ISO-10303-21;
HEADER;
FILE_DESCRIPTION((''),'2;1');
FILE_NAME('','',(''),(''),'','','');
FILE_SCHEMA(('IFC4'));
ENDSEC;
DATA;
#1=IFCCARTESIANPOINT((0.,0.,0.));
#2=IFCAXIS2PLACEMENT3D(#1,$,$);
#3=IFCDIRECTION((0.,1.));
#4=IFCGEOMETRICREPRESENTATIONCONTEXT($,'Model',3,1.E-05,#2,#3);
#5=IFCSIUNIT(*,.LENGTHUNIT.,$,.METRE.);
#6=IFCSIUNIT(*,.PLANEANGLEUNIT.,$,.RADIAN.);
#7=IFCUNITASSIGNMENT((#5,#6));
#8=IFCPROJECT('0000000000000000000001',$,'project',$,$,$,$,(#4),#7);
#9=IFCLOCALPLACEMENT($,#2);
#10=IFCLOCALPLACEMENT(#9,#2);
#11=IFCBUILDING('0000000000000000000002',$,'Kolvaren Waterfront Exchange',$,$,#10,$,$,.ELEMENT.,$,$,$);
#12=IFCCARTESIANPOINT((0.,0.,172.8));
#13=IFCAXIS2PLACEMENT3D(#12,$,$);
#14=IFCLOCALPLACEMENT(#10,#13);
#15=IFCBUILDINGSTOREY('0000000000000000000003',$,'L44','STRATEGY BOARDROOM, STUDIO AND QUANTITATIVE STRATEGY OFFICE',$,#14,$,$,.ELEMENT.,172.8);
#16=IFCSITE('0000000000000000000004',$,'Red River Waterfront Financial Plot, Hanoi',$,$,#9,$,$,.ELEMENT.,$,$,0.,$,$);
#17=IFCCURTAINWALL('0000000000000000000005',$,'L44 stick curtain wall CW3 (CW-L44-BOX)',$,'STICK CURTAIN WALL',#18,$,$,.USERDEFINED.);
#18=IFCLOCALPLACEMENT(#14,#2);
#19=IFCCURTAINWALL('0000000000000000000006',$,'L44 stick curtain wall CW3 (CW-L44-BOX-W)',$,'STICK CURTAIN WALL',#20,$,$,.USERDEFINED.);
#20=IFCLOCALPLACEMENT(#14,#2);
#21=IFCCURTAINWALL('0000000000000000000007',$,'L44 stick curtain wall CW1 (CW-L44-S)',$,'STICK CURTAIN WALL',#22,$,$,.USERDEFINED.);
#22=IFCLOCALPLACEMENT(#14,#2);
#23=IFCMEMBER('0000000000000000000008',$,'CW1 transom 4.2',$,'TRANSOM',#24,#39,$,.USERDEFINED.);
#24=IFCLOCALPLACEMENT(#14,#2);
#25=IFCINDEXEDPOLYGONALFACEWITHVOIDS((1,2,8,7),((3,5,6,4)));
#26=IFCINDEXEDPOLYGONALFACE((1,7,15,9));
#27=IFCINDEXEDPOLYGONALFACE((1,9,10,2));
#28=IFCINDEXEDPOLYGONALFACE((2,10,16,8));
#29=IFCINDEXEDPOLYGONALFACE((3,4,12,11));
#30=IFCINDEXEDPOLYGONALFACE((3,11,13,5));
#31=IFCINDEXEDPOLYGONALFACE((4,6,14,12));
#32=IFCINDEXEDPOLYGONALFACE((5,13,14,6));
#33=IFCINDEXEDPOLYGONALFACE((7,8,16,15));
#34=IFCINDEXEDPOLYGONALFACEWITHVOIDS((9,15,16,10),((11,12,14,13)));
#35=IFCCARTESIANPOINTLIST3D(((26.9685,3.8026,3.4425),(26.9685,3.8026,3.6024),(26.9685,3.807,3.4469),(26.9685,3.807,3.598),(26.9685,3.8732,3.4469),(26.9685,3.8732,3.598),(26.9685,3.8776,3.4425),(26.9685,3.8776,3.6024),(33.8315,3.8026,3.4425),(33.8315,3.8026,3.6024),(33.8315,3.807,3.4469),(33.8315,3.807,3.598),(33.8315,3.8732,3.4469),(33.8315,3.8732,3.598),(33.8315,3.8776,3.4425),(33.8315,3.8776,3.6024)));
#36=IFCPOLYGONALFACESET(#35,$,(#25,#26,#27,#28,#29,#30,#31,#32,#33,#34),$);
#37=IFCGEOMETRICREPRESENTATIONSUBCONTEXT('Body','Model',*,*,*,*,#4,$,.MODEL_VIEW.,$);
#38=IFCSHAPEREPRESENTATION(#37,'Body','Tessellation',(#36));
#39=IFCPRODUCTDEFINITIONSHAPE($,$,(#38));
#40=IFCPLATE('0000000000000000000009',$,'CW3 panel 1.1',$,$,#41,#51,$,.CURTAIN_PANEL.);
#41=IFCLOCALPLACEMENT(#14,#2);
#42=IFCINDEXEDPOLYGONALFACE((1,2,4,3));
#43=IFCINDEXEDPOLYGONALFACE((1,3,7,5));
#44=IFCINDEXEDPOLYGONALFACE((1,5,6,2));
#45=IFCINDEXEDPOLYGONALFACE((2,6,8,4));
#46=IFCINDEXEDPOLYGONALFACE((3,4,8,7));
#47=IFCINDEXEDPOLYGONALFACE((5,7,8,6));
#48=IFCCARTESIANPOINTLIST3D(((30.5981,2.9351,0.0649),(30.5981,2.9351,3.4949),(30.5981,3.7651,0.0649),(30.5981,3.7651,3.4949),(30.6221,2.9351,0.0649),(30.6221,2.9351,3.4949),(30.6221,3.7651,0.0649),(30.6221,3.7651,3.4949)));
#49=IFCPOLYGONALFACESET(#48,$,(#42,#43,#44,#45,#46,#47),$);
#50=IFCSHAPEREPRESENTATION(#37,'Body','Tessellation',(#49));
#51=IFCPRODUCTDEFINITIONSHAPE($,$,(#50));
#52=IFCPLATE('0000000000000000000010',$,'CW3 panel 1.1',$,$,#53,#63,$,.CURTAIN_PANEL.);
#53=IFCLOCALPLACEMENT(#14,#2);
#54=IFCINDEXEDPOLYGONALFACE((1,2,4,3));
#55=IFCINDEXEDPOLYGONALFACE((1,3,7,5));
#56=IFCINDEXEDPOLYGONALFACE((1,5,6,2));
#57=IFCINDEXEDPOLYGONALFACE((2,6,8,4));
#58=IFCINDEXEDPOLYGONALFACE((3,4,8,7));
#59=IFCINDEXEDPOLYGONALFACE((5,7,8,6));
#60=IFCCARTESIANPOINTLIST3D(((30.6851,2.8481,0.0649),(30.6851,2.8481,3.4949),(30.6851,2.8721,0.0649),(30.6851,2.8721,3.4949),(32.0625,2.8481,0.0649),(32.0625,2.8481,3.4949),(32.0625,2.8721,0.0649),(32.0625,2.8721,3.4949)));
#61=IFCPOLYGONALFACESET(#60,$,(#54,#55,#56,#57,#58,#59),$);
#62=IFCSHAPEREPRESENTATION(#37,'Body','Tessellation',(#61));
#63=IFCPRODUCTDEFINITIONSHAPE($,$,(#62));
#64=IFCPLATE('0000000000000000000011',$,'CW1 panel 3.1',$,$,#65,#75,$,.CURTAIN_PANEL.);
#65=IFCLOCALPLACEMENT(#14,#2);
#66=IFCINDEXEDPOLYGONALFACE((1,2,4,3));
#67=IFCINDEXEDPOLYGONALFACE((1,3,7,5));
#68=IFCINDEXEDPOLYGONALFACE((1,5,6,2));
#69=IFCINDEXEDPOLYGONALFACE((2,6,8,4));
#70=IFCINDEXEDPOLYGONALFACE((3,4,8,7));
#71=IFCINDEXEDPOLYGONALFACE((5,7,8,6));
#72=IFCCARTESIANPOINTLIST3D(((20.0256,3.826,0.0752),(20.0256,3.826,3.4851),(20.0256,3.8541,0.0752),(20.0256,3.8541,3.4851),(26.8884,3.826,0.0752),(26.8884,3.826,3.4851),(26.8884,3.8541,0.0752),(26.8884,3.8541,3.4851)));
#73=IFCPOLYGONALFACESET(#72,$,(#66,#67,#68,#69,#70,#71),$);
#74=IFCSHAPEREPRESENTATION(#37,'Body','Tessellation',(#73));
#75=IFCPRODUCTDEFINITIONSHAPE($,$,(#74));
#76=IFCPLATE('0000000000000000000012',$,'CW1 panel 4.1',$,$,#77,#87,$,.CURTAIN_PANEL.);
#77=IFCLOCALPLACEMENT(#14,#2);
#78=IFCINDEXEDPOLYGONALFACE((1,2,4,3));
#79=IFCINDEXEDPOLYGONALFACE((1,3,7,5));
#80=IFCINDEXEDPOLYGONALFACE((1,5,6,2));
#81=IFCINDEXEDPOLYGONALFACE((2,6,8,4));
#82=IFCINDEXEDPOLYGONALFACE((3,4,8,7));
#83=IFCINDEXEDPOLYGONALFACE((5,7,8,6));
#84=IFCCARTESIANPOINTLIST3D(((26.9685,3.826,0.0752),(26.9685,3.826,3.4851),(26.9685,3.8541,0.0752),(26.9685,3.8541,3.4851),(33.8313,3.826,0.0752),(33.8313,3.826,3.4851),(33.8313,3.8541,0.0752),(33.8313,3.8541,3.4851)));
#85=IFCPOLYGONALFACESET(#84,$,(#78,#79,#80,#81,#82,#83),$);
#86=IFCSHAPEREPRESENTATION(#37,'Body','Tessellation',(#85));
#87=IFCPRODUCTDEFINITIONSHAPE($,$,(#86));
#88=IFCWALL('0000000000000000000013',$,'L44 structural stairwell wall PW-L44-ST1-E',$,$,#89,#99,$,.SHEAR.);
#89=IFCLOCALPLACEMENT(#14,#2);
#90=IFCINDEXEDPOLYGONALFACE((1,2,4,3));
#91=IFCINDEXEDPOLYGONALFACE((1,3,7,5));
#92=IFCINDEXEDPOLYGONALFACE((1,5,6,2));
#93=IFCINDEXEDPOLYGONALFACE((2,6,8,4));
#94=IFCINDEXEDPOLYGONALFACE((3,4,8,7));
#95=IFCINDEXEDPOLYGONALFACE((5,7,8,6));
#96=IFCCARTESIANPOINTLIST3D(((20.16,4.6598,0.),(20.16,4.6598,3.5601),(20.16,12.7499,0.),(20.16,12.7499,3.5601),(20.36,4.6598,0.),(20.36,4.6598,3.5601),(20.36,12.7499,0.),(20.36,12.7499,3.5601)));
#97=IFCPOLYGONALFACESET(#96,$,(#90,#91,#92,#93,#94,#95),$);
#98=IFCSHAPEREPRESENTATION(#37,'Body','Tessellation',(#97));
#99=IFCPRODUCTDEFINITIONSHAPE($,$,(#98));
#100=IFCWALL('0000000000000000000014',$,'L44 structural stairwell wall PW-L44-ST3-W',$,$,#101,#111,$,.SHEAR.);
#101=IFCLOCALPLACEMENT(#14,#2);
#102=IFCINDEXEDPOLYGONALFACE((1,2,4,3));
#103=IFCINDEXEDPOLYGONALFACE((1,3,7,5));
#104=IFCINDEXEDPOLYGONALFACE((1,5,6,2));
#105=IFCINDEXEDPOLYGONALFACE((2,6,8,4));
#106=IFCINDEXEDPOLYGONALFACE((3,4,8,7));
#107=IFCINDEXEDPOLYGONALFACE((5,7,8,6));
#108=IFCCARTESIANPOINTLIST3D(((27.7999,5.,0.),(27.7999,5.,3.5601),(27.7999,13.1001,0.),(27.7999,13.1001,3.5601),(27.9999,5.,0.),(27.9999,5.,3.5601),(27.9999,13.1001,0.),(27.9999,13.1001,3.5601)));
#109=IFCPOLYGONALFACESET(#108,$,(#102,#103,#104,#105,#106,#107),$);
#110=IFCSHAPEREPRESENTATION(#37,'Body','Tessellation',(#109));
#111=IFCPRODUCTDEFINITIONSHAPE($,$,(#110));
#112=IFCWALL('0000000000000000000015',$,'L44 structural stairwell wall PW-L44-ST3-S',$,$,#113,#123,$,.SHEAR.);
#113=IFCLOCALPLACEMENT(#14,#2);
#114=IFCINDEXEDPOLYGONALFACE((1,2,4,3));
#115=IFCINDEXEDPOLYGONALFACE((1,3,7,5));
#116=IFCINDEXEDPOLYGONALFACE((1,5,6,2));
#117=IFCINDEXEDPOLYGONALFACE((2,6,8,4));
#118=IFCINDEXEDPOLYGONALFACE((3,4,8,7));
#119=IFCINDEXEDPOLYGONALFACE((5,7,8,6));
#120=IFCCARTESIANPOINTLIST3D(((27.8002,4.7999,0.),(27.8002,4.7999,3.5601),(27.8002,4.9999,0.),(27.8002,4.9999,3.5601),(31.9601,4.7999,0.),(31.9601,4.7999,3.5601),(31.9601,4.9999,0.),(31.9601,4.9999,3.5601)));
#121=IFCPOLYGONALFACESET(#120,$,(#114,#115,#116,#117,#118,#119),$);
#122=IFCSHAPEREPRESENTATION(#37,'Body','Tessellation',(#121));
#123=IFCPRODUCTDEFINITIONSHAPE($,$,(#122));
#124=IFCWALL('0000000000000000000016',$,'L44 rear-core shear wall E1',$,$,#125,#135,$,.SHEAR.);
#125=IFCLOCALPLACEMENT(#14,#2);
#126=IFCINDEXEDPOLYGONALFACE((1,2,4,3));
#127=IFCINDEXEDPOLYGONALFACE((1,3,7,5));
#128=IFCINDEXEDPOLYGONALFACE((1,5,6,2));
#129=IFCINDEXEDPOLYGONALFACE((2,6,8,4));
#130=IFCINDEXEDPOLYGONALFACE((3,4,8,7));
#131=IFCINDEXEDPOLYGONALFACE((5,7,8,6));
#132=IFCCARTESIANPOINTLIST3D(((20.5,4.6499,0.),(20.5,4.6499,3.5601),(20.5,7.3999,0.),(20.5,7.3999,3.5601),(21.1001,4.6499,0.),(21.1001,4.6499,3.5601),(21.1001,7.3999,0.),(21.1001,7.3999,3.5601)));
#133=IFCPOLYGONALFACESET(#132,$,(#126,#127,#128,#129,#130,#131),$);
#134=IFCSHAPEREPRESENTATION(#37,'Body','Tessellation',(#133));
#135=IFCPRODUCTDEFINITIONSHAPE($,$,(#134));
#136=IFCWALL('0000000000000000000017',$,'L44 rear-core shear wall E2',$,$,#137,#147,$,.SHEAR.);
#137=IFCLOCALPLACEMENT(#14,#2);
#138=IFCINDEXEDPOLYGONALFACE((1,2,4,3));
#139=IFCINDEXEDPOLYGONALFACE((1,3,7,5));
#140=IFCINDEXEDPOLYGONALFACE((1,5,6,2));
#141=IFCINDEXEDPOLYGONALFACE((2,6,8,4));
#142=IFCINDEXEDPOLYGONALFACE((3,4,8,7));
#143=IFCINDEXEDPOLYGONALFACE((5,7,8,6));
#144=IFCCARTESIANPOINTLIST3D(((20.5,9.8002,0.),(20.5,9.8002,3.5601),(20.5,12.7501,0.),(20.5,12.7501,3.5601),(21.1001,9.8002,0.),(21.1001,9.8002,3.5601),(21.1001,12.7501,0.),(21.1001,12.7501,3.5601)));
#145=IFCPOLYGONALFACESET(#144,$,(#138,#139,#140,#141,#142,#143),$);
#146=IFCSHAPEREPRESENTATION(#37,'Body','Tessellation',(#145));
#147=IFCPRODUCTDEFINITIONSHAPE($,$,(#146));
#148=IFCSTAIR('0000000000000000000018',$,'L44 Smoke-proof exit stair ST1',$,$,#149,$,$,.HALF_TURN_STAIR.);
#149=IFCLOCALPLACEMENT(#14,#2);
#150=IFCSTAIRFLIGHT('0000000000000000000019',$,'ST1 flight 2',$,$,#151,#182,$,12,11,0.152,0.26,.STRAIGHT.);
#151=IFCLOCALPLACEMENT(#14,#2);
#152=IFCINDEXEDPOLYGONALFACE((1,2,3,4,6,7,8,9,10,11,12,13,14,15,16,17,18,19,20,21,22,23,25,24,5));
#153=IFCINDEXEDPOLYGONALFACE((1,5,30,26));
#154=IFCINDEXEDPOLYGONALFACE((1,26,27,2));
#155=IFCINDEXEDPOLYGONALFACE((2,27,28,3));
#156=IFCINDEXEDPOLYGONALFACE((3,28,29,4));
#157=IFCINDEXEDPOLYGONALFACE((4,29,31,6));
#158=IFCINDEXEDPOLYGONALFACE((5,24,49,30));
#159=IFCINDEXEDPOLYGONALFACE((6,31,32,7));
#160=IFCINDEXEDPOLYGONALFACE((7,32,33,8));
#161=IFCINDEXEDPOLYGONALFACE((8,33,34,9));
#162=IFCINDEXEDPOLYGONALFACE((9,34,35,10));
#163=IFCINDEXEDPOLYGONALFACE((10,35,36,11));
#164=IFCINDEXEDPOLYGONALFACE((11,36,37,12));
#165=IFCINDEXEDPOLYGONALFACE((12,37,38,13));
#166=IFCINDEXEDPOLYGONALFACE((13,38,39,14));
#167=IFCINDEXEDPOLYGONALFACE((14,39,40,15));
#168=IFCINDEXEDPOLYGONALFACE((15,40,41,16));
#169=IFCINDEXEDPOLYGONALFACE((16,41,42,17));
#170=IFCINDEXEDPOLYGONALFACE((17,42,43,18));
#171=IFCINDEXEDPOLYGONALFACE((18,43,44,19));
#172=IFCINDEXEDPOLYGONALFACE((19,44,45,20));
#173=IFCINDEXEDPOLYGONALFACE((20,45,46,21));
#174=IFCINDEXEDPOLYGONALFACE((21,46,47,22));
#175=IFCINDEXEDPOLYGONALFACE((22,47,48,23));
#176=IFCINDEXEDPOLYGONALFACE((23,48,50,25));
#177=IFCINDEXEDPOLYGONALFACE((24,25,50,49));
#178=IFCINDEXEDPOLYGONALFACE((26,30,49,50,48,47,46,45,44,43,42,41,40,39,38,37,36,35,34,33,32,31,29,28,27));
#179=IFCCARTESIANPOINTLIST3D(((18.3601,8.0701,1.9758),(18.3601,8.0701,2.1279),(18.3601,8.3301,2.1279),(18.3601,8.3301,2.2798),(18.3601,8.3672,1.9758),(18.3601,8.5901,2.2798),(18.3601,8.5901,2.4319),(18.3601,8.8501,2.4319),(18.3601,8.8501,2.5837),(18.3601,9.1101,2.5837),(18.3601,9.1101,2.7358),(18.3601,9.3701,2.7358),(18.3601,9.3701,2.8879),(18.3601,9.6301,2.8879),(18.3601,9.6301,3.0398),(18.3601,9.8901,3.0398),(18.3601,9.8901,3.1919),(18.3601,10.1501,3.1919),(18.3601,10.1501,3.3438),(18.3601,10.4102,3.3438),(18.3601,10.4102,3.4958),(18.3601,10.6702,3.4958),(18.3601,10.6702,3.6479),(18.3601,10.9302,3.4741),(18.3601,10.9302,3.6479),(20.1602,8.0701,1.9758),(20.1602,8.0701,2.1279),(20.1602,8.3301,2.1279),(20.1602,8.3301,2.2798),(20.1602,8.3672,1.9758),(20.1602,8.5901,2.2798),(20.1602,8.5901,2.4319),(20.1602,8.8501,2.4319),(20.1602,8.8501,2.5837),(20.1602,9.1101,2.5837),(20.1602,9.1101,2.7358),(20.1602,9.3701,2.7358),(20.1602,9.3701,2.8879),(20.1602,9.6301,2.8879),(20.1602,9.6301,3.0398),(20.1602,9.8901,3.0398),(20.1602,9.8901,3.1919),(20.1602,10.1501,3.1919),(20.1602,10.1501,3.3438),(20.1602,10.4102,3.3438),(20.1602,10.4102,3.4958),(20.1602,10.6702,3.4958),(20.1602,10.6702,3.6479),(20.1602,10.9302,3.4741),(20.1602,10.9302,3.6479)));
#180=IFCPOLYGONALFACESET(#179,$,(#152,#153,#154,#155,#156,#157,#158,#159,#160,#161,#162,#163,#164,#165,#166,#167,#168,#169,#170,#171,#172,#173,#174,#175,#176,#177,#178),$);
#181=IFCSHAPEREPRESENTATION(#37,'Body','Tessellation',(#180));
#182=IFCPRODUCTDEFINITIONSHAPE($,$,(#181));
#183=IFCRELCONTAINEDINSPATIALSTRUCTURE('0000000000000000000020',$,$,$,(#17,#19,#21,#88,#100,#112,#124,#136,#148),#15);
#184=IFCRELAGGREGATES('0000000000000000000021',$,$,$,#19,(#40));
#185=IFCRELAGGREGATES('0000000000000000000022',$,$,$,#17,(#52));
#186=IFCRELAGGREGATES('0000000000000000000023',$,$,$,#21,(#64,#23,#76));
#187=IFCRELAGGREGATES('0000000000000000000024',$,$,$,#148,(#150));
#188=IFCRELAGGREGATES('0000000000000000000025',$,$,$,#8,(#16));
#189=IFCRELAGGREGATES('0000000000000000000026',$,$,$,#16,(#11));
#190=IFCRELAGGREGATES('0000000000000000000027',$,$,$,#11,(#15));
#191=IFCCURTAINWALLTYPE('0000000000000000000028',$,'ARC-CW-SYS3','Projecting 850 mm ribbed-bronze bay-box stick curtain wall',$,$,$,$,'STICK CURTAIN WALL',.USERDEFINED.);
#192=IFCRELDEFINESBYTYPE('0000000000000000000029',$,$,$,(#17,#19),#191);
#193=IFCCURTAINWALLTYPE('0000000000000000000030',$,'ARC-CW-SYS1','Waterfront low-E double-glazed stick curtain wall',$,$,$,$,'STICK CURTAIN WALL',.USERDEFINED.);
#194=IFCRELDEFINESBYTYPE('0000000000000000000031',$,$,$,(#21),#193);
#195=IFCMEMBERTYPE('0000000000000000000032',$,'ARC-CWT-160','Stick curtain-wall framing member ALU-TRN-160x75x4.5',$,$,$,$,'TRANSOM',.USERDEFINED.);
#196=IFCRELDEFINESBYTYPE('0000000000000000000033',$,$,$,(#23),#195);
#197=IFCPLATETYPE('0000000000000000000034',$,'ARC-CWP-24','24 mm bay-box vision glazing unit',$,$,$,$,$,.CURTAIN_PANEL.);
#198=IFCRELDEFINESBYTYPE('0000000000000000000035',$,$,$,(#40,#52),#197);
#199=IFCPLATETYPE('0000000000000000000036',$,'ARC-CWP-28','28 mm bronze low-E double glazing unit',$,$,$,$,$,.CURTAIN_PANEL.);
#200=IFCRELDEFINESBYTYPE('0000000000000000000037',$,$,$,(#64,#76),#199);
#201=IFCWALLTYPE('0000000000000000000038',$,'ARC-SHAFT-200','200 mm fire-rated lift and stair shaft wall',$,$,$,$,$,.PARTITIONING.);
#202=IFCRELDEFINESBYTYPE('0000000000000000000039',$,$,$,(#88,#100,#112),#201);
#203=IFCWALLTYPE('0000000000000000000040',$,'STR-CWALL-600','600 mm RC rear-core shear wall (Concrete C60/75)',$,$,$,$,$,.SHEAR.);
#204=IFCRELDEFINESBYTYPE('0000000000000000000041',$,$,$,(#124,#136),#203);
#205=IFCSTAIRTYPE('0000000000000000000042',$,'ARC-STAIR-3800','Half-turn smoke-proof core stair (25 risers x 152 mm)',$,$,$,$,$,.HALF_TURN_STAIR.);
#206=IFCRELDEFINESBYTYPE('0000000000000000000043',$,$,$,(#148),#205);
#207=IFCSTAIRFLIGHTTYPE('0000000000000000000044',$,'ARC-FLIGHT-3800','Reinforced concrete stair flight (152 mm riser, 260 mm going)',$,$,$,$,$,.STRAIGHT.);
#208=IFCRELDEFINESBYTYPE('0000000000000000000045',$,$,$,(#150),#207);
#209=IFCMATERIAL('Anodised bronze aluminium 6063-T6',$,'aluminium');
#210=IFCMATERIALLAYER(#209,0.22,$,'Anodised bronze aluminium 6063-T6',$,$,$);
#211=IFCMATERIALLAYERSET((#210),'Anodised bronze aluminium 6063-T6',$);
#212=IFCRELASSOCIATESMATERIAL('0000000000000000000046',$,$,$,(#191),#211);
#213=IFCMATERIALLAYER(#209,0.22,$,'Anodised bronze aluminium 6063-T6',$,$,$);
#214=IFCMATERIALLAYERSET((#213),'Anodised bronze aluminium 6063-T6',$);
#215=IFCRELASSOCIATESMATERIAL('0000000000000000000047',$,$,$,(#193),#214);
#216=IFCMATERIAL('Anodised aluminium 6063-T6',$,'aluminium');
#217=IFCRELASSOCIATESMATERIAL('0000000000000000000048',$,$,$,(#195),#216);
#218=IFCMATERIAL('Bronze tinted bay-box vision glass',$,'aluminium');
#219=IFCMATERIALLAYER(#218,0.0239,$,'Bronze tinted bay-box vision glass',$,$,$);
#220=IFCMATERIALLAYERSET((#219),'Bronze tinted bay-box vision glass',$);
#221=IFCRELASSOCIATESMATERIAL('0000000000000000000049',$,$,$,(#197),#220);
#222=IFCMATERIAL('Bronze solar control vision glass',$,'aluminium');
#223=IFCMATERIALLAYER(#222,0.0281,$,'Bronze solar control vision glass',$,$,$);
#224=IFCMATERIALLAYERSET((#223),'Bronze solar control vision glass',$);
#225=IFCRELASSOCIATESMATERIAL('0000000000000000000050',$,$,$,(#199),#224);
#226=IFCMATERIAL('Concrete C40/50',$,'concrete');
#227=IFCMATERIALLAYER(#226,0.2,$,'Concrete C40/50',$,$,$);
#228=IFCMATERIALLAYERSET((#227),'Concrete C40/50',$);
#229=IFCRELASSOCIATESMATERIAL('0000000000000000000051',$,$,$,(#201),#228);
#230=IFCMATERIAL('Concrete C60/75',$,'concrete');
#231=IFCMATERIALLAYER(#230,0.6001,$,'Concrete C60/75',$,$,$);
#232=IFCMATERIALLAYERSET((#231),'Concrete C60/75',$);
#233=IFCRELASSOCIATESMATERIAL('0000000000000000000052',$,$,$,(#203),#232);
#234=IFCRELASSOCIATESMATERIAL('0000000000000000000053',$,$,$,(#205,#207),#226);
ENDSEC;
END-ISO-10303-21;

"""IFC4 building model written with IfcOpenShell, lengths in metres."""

from ifc_helpers import new_model, si_unit, direction, frame, frame_2d, origin, origin_with_axes, origin_2d, place, context, subcontext, project, spatial, polyline, rectangle, hollow_rectangle, outline, extrude, source, transform, mapped, material, layer, layer_set, material_profile, profile_set, type_object, element, aggregate, save


model = new_model("IFC4")

# Units and contexts
model_context = context("Model", 3, precision=1e-05, world=origin(), true_north=direction((0.0, 1.0)))
body_context = subcontext(model_context, "Body", "Model", "MODEL_VIEW")
ifc_project = project(units=[si_unit("LENGTHUNIT", "METRE"), si_unit("PLANEANGLEUNIT", "RADIAN")], contexts=[model_context])

# Site, building, storey
site_placement = place(None, origin())
site = spatial("IfcSite", under=ifc_project, at=site_placement, Name="Red River Waterfront Financial Plot, Hanoi", CompositionType="ELEMENT", RefElevation=0.0)
building_placement = place(site_placement, origin())
building = spatial("IfcBuilding", under=site, at=building_placement, Name="Kolvaren Waterfront Exchange", CompositionType="ELEMENT")
storey_placement = place(building_placement, frame((0.0, 0.0, 172.8)))
storey = spatial("IfcBuildingStorey", under=building, at=storey_placement, Name="L44", Description="STRATEGY BOARDROOM, STUDIO AND QUANTITATIVE STRATEGY OFFICE", CompositionType="ELEMENT", Elevation=172.8)

# Shared definitions
ifc_material_1 = material(Name="Concrete C60/75", Category="concrete")

# Curtain walls
ifc_material_2 = material(Name="Anodised bronze aluminium 6063-T6", Category="aluminium")
ifc_layer_1 = layer(ifc_material_2, 0.22, Name="Anodised bronze aluminium 6063-T6")
ifc_layer_set_1 = layer_set([ifc_layer_1], Name="Anodised bronze aluminium 6063-T6")
curtain_wall_type_1 = type_object("IfcCurtainWallType", Name="ARC-CW-SYS3", Description="Projecting 850 mm ribbed-bronze bay-box stick curtain wall", ElementType="STICK CURTAIN WALL", PredefinedType="USERDEFINED", material=ifc_layer_set_1)
curtain_wall_1_placement = place(storey_placement, origin())
curtain_wall_1 = element("IfcCurtainWall", 1, at=curtain_wall_1_placement, inside=storey, type_object=curtain_wall_type_1, Name="L44 stick curtain wall CW3 (CW-L44-BOX)", ObjectType="STICK CURTAIN WALL", PredefinedType="USERDEFINED")
curtain_wall_2_placement = place(storey_placement, origin())
curtain_wall_2 = element("IfcCurtainWall", 2, at=curtain_wall_2_placement, inside=storey, type_object=curtain_wall_type_1, Name="L44 stick curtain wall CW3 (CW-L44-BOX-W)", ObjectType="STICK CURTAIN WALL", PredefinedType="USERDEFINED")

# Curtain wall, member
ifc_layer_2 = layer(ifc_material_2, 0.22, Name="Anodised bronze aluminium 6063-T6")
ifc_layer_set_2 = layer_set([ifc_layer_2], Name="Anodised bronze aluminium 6063-T6")
curtain_wall_type_2 = type_object("IfcCurtainWallType", Name="ARC-CW-SYS1", Description="Waterfront low-E double-glazed stick curtain wall", ElementType="STICK CURTAIN WALL", PredefinedType="USERDEFINED", material=ifc_layer_set_2)
curtain_wall_3_placement = place(storey_placement, origin())
curtain_wall_3 = element("IfcCurtainWall", 3, at=curtain_wall_3_placement, inside=storey, type_object=curtain_wall_type_2, Name="L44 stick curtain wall CW1 (CW-L44-S)", ObjectType="STICK CURTAIN WALL", PredefinedType="USERDEFINED")
ifc_material_3 = material(Name="Anodised aluminium 6063-T6", Category="aluminium")
ifc_material_profile_1 = material_profile(ifc_material_3, hollow_rectangle(XDim=0.075, YDim=0.1599, WallThickness=0.0044, at=origin_2d()), Name="ALU-TRN-160x75x4.5")
ifc_profile_set_1 = profile_set([ifc_material_profile_1], Name="Anodised aluminium 6063-T6")
member_type_1 = type_object("IfcMemberType", Name="ARC-CWT-160", Description="Stick curtain-wall framing member ALU-TRN-160x75x4.5", ElementType="TRANSOM", PredefinedType="USERDEFINED", material=ifc_profile_set_1)
shared_shape_1 = source(origin_with_axes(), body_context, "Body", "SweptSolid", [
    extrude(hollow_rectangle(XDim=0.075, YDim=0.1599, WallThickness=0.0044, at=origin_2d()), origin(), (0.0, 0.0, 1.0), 6.863),
])
member_1_placement = place(storey_placement, frame((26.9685, 3.8401, 3.5225), z_axis=(1.0, 0.0, 0.0), x_axis=(0.0, 1.0, 0.0)))
member_1 = element("IfcMember", 4, at=member_1_placement, type_object=member_type_1, Name="CW1 transom 4.2", ObjectType="TRANSOM", PredefinedType="USERDEFINED", context=body_context, shape_type="MappedRepresentation", body=[
    mapped(shared_shape_1, transform((0.0, 0.0, 0.0), x_axis=(1.0, 0.0, 0.0), y_axis=(0.0, 1.0, 0.0), z_axis=(0.0, 0.0, 1.0), scale=1.0)),
])

# Plates
ifc_material_4 = material(Name="Bronze tinted bay-box vision glass", Category="aluminium")
ifc_layer_3 = layer(ifc_material_4, 0.0239, Name="Bronze tinted bay-box vision glass")
ifc_layer_set_3 = layer_set([ifc_layer_3], Name="Bronze tinted bay-box vision glass")
plate_type_1 = type_object("IfcPlateType", Name="ARC-CWP-24", Description="24 mm bay-box vision glazing unit", PredefinedType="CURTAIN_PANEL", material=ifc_layer_set_3)
shared_shape_2 = source(origin_with_axes(), body_context, "Body", "SweptSolid", [
    extrude(rectangle(XDim=0.8301, YDim=0.0239, at=origin_2d()), origin(), (0.0, 0.0, 1.0), 3.4299),
])
plate_1_placement = place(storey_placement, frame((30.6101, 3.3501, 0.0649), z_axis=(0.0, 0.0, 1.0), x_axis=(0.0, -1.0, 0.0)))
plate_1 = element("IfcPlate", 5, at=plate_1_placement, type_object=plate_type_1, Name="CW3 panel 1.1", PredefinedType="CURTAIN_PANEL", context=body_context, shape_type="MappedRepresentation", body=[
    mapped(shared_shape_2, transform((0.0, 0.0, 0.0), x_axis=(1.0, 0.0, 0.0), y_axis=(0.0, 1.0, 0.0), z_axis=(0.0, 0.0, 1.0), scale=1.0)),
])
aggregate(curtain_wall_2, [plate_1])
shared_shape_3 = source(origin_with_axes(), body_context, "Body", "SweptSolid", [
    extrude(rectangle(XDim=1.3774, YDim=0.0239, at=origin_2d()), origin(), (0.0, 0.0, 1.0), 3.4299),
])
plate_2_placement = place(storey_placement, frame((31.3738, 2.8601, 0.0649), z_axis=(0.0, 0.0, 1.0), x_axis=(1.0, 0.0, 0.0)))
plate_2 = element("IfcPlate", 6, at=plate_2_placement, type_object=plate_type_1, Name="CW3 panel 1.1", PredefinedType="CURTAIN_PANEL", context=body_context, shape_type="MappedRepresentation", body=[
    mapped(shared_shape_3, transform((0.0, 0.0, 0.0), x_axis=(1.0, 0.0, 0.0), y_axis=(0.0, 1.0, 0.0), z_axis=(0.0, 0.0, 1.0), scale=1.0)),
])
aggregate(curtain_wall_1, [plate_2])
ifc_material_5 = material(Name="Bronze solar control vision glass", Category="aluminium")
ifc_layer_4 = layer(ifc_material_5, 0.0281, Name="Bronze solar control vision glass")
ifc_layer_set_4 = layer_set([ifc_layer_4], Name="Bronze solar control vision glass")
plate_type_2 = type_object("IfcPlateType", Name="ARC-CWP-28", Description="28 mm bronze low-E double glazing unit", PredefinedType="CURTAIN_PANEL", material=ifc_layer_set_4)
shared_shape_4 = source(origin_with_axes(), body_context, "Body", "SweptSolid", [
    extrude(rectangle(XDim=6.8628, YDim=0.0281, at=origin_2d()), origin(), (0.0, 0.0, 1.0), 3.4099),
])
plate_3_placement = place(storey_placement, frame((23.457, 3.8401, 0.0752), z_axis=(0.0, 0.0, 1.0), x_axis=(1.0, 0.0, 0.0)))
plate_3 = element("IfcPlate", 7, at=plate_3_placement, type_object=plate_type_2, Name="CW1 panel 3.1", PredefinedType="CURTAIN_PANEL", context=body_context, shape_type="MappedRepresentation", body=[
    mapped(shared_shape_4, transform((0.0, 0.0, 0.0), x_axis=(1.0, 0.0, 0.0), y_axis=(0.0, 1.0, 0.0), z_axis=(0.0, 0.0, 1.0), scale=1.0)),
])
plate_4_placement = place(storey_placement, frame((30.3999, 3.8401, 0.0752), z_axis=(0.0, 0.0, 1.0), x_axis=(1.0, 0.0, 0.0)))
plate_4 = element("IfcPlate", 8, at=plate_4_placement, type_object=plate_type_2, Name="CW1 panel 4.1", PredefinedType="CURTAIN_PANEL", context=body_context, shape_type="MappedRepresentation", body=[
    mapped(shared_shape_4, transform((0.0, 0.0, 0.0), x_axis=(1.0, 0.0, 0.0), y_axis=(0.0, 1.0, 0.0), z_axis=(0.0, 0.0, 1.0), scale=1.0)),
])
aggregate(curtain_wall_3, [plate_3, member_1, plate_4])

# Walls
ifc_material_6 = material(Name="Concrete C40/50", Category="concrete")
ifc_layer_5 = layer(ifc_material_6, 0.2, Name="Concrete C40/50")
ifc_layer_set_5 = layer_set([ifc_layer_5], Name="Concrete C40/50")
wall_type_1 = type_object("IfcWallType", Name="ARC-SHAFT-200", Description="200 mm fire-rated lift and stair shaft wall", PredefinedType="PARTITIONING", material=ifc_layer_set_5)
wall_1_placement = place(storey_placement, frame((20.26, 4.6599, 0.0), z_axis=(0.0, 0.0, 1.0), x_axis=(0.0, 1.0, 0.0)))
element("IfcWall", 9, at=wall_1_placement, inside=storey, type_object=wall_type_1, Name="L44 structural stairwell wall PW-L44-ST1-E", PredefinedType="SHEAR", context=body_context, shape_type="SweptSolid", body=[
    extrude(rectangle(XDim=8.0901, YDim=0.2, at=frame_2d((4.0449, 0.0))), origin(), (0.0, 0.0, 1.0), 3.5601),
])
wall_2_placement = place(storey_placement, frame((27.8999, 5.0, 0.0), z_axis=(0.0, 0.0, 1.0), x_axis=(0.0, 1.0, 0.0)))
element("IfcWall", 10, at=wall_2_placement, inside=storey, type_object=wall_type_1, Name="L44 structural stairwell wall PW-L44-ST3-W", PredefinedType="SHEAR", context=body_context, shape_type="SweptSolid", body=[
    extrude(rectangle(XDim=8.1001, YDim=0.2, at=frame_2d((4.05, 0.0))), origin(), (0.0, 0.0, 1.0), 3.5601),
])
wall_3_placement = place(storey_placement, frame((27.8, 4.8999, 0.0), z_axis=(0.0, 0.0, 1.0), x_axis=(1.0, 0.0, 0.0)))
element("IfcWall", 11, at=wall_3_placement, inside=storey, type_object=wall_type_1, Name="L44 structural stairwell wall PW-L44-ST3-S", PredefinedType="SHEAR", context=body_context, shape_type="SweptSolid", body=[
    extrude(rectangle(XDim=4.1599, YDim=0.2, at=frame_2d((2.0801, 0.0))), origin(), (0.0, 0.0, 1.0), 3.5601),
])
ifc_layer_6 = layer(ifc_material_1, 0.6001, Name="Concrete C60/75")
ifc_layer_set_6 = layer_set([ifc_layer_6], Name="Concrete C60/75")
wall_type_2 = type_object("IfcWallType", Name="STR-CWALL-600", Description="600 mm RC rear-core shear wall (Concrete C60/75)", PredefinedType="SHEAR", material=ifc_layer_set_6)
wall_4_placement = place(storey_placement, frame((20.8, 4.6499, 0.0), z_axis=(0.0, 0.0, 1.0), x_axis=(0.0, 1.0, 0.0)))
element("IfcWall", 12, at=wall_4_placement, inside=storey, type_object=wall_type_2, Name="L44 rear-core shear wall E1", PredefinedType="SHEAR", context=body_context, shape_type="SweptSolid", body=[
    extrude(rectangle(XDim=2.75, YDim=0.6001, at=frame_2d((1.375, 0.0))), origin(), (0.0, 0.0, 1.0), 3.5601),
])
wall_5_placement = place(storey_placement, frame((20.8, 9.8, 0.0), z_axis=(0.0, 0.0, 1.0), x_axis=(0.0, 1.0, 0.0)))
element("IfcWall", 13, at=wall_5_placement, inside=storey, type_object=wall_type_2, Name="L44 rear-core shear wall E2", PredefinedType="SHEAR", context=body_context, shape_type="SweptSolid", body=[
    extrude(rectangle(XDim=2.95, YDim=0.6001, at=frame_2d((1.4751, 0.0))), origin(), (0.0, 0.0, 1.0), 3.5601),
])

# Stair, stair flight
stair_type = type_object("IfcStairType", Name="ARC-STAIR-3800", Description="Half-turn smoke-proof core stair (25 risers x 152 mm)", PredefinedType="HALF_TURN_STAIR", material=ifc_material_6)
stair_1_placement = place(storey_placement, origin())
stair_1 = element("IfcStair", 14, at=stair_1_placement, inside=storey, type_object=stair_type, Name="L44 Smoke-proof exit stair ST1", PredefinedType="HALF_TURN_STAIR")
stair_flight_type = type_object("IfcStairFlightType", Name="ARC-FLIGHT-3800", Description="Reinforced concrete stair flight (152 mm riser, 260 mm going)", PredefinedType="STRAIGHT", material=ifc_material_6)
stair_flight_1_placement = place(storey_placement, frame((19.26, 8.0701, 1.9758), z_axis=(0.0, 0.0, 1.0), x_axis=(0.0, 1.0, 0.0)))
stair_flight_1 = element("IfcStairFlight", 15, at=stair_flight_1_placement, type_object=stair_flight_type, Name="ST1 flight 2", NumberOfRisers=12, NumberOfTreads=11, PredefinedType="STRAIGHT", RiserHeight=0.152, TreadLength=0.26, context=body_context, shape_type="SweptSolid", body=[
    extrude(outline(polyline([(0.0, 0.0), (0.0, 0.1521), (0.26, 0.1521), (0.26, 0.304), (0.52, 0.304), (0.52, 0.4561), (0.78, 0.4561), (0.78, 0.6079), (1.04, 0.6079), (1.04, 0.76), (1.3, 0.76), (1.3, 0.9121), (1.5601, 0.9121), (1.5601, 1.064), (1.8201, 1.064), (1.8201, 1.2161), (2.0801, 1.2161), (2.0801, 1.3679), (2.3401, 1.3679), (2.3401, 1.52), (2.6001, 1.52), (2.6001, 1.6721), (2.8601, 1.6721), (2.8601, 1.824), (2.8601, 1.4983), (0.2971, 0.0), (0.0, 0.0)])), frame((0.0, 0.8999, 0.0), z_axis=(0.0, -1.0, 0.0), x_axis=(1.0, 0.0, 0.0)), (0.0, 0.0, 1.0), 1.8),
])
aggregate(stair_1, [stair_flight_1])

save(model, "model.ifc")
